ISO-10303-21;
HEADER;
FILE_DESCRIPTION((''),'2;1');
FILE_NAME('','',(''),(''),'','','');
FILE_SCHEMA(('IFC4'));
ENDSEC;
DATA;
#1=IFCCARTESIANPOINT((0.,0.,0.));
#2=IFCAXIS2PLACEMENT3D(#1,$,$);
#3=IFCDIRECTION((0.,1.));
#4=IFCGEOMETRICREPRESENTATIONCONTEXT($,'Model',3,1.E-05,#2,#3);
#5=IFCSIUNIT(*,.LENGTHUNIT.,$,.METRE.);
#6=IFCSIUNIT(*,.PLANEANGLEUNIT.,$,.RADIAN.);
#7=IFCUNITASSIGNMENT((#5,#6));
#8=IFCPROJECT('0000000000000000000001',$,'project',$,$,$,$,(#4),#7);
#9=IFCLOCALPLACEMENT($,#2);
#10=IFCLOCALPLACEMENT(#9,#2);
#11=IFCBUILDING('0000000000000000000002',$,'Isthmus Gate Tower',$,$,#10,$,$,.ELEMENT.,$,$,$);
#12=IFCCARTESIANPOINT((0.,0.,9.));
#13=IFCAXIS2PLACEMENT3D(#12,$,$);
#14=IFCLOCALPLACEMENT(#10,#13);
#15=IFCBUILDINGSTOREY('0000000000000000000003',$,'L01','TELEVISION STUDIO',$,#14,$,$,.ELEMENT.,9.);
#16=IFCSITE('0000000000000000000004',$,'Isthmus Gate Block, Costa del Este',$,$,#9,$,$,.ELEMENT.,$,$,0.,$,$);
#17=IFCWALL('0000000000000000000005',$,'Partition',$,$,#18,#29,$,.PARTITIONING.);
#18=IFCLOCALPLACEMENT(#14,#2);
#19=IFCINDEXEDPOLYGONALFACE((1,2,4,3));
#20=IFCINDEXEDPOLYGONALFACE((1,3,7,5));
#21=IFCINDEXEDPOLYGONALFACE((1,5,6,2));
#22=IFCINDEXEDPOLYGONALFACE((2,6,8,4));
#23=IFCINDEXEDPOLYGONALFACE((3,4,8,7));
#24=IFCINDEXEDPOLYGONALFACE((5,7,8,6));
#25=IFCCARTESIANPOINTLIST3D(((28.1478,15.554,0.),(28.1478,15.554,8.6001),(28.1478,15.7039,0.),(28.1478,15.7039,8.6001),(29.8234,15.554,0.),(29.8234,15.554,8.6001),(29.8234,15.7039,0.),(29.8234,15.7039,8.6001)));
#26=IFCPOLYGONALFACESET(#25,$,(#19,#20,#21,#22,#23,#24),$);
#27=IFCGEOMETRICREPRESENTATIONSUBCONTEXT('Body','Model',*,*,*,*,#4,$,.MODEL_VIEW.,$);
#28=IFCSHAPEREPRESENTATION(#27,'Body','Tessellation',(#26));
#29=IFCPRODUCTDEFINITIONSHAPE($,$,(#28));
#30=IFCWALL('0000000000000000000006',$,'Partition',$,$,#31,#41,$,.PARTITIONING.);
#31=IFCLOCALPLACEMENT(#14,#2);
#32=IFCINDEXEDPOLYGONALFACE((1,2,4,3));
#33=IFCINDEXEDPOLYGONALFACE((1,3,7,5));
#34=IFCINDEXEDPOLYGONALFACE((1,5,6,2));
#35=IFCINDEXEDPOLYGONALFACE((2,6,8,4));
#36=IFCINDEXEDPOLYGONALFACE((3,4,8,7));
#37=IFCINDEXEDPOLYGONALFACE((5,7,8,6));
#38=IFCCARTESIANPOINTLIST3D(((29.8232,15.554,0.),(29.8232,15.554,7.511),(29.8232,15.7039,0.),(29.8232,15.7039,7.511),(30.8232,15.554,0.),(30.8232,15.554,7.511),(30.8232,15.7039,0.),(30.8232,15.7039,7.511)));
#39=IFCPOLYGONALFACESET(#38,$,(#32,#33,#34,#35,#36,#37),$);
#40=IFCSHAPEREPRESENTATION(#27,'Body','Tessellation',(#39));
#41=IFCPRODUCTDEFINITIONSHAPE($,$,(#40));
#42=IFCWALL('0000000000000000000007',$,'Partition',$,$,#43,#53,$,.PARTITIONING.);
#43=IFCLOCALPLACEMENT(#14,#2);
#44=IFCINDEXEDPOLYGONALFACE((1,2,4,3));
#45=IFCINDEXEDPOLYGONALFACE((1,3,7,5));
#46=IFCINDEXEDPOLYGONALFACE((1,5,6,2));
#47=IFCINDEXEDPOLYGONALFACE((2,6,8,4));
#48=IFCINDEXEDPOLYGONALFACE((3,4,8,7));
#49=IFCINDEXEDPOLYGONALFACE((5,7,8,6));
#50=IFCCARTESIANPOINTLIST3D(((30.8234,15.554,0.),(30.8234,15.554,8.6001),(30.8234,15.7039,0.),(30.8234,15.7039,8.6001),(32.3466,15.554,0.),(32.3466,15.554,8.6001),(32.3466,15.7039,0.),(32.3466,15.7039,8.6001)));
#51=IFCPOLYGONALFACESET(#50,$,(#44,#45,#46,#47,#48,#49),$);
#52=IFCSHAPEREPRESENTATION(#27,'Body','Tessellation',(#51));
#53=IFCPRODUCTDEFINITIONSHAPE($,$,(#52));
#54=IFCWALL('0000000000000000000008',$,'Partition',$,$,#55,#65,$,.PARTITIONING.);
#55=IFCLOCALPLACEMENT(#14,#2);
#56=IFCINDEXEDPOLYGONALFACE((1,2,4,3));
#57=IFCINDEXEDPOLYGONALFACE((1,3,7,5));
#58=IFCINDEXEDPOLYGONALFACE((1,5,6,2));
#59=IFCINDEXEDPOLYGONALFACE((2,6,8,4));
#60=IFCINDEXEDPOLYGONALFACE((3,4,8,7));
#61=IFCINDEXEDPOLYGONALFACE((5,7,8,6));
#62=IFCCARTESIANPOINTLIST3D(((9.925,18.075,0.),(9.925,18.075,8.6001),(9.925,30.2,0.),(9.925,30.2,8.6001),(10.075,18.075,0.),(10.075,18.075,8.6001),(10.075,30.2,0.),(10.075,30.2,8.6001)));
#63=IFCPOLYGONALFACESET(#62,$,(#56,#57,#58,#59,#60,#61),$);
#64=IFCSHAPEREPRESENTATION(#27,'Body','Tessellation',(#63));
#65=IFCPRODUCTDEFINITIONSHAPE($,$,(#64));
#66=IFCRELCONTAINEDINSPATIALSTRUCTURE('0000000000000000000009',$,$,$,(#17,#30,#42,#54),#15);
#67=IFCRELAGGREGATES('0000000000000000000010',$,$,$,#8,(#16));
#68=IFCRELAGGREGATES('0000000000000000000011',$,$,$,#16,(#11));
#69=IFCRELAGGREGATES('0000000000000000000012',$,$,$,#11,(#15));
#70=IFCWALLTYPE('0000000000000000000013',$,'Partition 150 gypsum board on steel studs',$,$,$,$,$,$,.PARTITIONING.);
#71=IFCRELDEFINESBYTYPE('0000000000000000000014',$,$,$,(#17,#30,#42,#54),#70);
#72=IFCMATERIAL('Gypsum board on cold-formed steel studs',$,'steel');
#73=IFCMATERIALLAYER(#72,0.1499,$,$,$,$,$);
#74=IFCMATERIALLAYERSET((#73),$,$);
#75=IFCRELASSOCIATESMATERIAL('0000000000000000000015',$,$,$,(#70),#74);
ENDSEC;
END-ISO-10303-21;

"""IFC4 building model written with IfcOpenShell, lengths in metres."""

from ifc_helpers import new_model, si_unit, direction, frame, frame_2d, origin, place, context, subcontext, project, spatial, rectangle, extrude, material, layer, layer_set, type_object, element, save


model = new_model("IFC4")

# Units and contexts
model_context = context("Model", 3, precision=1e-05, world=origin(), true_north=direction((0.0, 1.0)))
body_context = subcontext(model_context, "Body", "Model", "MODEL_VIEW")
ifc_project = project(units=[si_unit("LENGTHUNIT", "METRE"), si_unit("PLANEANGLEUNIT", "RADIAN")], contexts=[model_context])

# Site, building, storey
site_placement = place(None, origin())
site = spatial("IfcSite", under=ifc_project, at=site_placement, Name="Isthmus Gate Block, Costa del Este", CompositionType="ELEMENT", RefElevation=0.0)
building_placement = place(site_placement, origin())
building = spatial("IfcBuilding", under=site, at=building_placement, Name="Isthmus Gate Tower", CompositionType="ELEMENT")
storey_placement = place(building_placement, frame((0.0, 0.0, 9.0)))
storey = spatial("IfcBuildingStorey", under=building, at=storey_placement, Name="L01", Description="TELEVISION STUDIO", CompositionType="ELEMENT", Elevation=9.0)

# Walls
ifc_material_1 = material(Name="Gypsum board on cold-formed steel studs", Category="steel")
ifc_layer_1 = layer(ifc_material_1, 0.1499)
ifc_layer_set_1 = layer_set([ifc_layer_1])
wall_type_1 = type_object("IfcWallType", Name="Partition 150 gypsum board on steel studs", PredefinedType="PARTITIONING", material=ifc_layer_set_1)
wall_1_placement = place(storey_placement, frame((28.1477, 15.6289, 0.0), z_axis=(0.0, 0.0, 1.0), x_axis=(1.0, 0.0, 0.0)))
element("IfcWall", 1, at=wall_1_placement, inside=storey, type_object=wall_type_1, Name="Partition", PredefinedType="PARTITIONING", context=body_context, shape_type="SweptSolid", body=[
    extrude(rectangle(XDim=1.6755, YDim=0.1499, at=frame_2d((0.8379, 0.0))), origin(), (0.0, 0.0, 1.0), 8.6001),
])
wall_2_placement = place(storey_placement, frame((29.8232, 15.6289, 0.0), z_axis=(0.0, 0.0, 1.0), x_axis=(1.0, 0.0, 0.0)))
element("IfcWall", 2, at=wall_2_placement, inside=storey, type_object=wall_type_1, Name="Partition", PredefinedType="PARTITIONING", context=body_context, shape_type="SweptSolid", body=[
    extrude(rectangle(XDim=1.0, YDim=0.1499, at=frame_2d((0.5, 0.0))), origin(), (0.0, 0.0, 1.0), 7.511),
])
wall_3_placement = place(storey_placement, frame((30.8232, 15.6289, 0.0), z_axis=(0.0, 0.0, 1.0), x_axis=(1.0, 0.0, 0.0)))
element("IfcWall", 3, at=wall_3_placement, inside=storey, type_object=wall_type_1, Name="Partition", PredefinedType="PARTITIONING", context=body_context, shape_type="SweptSolid", body=[
    extrude(rectangle(XDim=1.5232, YDim=0.1499, at=frame_2d((0.7617, 0.0))), origin(), (0.0, 0.0, 1.0), 8.6001),
])
wall_4_placement = place(storey_placement, frame((10.0, 18.075, 0.0), z_axis=(0.0, 0.0, 1.0), x_axis=(0.0, 1.0, 0.0)))
element("IfcWall", 4, at=wall_4_placement, inside=storey, type_object=wall_type_1, Name="Partition", PredefinedType="PARTITIONING", context=body_context, shape_type="SweptSolid", body=[
    extrude(rectangle(XDim=12.125, YDim=0.1499, at=frame_2d((6.0625, 0.0))), origin(), (0.0, 0.0, 1.0), 8.6001),
])

save(model, "model.ifc")
